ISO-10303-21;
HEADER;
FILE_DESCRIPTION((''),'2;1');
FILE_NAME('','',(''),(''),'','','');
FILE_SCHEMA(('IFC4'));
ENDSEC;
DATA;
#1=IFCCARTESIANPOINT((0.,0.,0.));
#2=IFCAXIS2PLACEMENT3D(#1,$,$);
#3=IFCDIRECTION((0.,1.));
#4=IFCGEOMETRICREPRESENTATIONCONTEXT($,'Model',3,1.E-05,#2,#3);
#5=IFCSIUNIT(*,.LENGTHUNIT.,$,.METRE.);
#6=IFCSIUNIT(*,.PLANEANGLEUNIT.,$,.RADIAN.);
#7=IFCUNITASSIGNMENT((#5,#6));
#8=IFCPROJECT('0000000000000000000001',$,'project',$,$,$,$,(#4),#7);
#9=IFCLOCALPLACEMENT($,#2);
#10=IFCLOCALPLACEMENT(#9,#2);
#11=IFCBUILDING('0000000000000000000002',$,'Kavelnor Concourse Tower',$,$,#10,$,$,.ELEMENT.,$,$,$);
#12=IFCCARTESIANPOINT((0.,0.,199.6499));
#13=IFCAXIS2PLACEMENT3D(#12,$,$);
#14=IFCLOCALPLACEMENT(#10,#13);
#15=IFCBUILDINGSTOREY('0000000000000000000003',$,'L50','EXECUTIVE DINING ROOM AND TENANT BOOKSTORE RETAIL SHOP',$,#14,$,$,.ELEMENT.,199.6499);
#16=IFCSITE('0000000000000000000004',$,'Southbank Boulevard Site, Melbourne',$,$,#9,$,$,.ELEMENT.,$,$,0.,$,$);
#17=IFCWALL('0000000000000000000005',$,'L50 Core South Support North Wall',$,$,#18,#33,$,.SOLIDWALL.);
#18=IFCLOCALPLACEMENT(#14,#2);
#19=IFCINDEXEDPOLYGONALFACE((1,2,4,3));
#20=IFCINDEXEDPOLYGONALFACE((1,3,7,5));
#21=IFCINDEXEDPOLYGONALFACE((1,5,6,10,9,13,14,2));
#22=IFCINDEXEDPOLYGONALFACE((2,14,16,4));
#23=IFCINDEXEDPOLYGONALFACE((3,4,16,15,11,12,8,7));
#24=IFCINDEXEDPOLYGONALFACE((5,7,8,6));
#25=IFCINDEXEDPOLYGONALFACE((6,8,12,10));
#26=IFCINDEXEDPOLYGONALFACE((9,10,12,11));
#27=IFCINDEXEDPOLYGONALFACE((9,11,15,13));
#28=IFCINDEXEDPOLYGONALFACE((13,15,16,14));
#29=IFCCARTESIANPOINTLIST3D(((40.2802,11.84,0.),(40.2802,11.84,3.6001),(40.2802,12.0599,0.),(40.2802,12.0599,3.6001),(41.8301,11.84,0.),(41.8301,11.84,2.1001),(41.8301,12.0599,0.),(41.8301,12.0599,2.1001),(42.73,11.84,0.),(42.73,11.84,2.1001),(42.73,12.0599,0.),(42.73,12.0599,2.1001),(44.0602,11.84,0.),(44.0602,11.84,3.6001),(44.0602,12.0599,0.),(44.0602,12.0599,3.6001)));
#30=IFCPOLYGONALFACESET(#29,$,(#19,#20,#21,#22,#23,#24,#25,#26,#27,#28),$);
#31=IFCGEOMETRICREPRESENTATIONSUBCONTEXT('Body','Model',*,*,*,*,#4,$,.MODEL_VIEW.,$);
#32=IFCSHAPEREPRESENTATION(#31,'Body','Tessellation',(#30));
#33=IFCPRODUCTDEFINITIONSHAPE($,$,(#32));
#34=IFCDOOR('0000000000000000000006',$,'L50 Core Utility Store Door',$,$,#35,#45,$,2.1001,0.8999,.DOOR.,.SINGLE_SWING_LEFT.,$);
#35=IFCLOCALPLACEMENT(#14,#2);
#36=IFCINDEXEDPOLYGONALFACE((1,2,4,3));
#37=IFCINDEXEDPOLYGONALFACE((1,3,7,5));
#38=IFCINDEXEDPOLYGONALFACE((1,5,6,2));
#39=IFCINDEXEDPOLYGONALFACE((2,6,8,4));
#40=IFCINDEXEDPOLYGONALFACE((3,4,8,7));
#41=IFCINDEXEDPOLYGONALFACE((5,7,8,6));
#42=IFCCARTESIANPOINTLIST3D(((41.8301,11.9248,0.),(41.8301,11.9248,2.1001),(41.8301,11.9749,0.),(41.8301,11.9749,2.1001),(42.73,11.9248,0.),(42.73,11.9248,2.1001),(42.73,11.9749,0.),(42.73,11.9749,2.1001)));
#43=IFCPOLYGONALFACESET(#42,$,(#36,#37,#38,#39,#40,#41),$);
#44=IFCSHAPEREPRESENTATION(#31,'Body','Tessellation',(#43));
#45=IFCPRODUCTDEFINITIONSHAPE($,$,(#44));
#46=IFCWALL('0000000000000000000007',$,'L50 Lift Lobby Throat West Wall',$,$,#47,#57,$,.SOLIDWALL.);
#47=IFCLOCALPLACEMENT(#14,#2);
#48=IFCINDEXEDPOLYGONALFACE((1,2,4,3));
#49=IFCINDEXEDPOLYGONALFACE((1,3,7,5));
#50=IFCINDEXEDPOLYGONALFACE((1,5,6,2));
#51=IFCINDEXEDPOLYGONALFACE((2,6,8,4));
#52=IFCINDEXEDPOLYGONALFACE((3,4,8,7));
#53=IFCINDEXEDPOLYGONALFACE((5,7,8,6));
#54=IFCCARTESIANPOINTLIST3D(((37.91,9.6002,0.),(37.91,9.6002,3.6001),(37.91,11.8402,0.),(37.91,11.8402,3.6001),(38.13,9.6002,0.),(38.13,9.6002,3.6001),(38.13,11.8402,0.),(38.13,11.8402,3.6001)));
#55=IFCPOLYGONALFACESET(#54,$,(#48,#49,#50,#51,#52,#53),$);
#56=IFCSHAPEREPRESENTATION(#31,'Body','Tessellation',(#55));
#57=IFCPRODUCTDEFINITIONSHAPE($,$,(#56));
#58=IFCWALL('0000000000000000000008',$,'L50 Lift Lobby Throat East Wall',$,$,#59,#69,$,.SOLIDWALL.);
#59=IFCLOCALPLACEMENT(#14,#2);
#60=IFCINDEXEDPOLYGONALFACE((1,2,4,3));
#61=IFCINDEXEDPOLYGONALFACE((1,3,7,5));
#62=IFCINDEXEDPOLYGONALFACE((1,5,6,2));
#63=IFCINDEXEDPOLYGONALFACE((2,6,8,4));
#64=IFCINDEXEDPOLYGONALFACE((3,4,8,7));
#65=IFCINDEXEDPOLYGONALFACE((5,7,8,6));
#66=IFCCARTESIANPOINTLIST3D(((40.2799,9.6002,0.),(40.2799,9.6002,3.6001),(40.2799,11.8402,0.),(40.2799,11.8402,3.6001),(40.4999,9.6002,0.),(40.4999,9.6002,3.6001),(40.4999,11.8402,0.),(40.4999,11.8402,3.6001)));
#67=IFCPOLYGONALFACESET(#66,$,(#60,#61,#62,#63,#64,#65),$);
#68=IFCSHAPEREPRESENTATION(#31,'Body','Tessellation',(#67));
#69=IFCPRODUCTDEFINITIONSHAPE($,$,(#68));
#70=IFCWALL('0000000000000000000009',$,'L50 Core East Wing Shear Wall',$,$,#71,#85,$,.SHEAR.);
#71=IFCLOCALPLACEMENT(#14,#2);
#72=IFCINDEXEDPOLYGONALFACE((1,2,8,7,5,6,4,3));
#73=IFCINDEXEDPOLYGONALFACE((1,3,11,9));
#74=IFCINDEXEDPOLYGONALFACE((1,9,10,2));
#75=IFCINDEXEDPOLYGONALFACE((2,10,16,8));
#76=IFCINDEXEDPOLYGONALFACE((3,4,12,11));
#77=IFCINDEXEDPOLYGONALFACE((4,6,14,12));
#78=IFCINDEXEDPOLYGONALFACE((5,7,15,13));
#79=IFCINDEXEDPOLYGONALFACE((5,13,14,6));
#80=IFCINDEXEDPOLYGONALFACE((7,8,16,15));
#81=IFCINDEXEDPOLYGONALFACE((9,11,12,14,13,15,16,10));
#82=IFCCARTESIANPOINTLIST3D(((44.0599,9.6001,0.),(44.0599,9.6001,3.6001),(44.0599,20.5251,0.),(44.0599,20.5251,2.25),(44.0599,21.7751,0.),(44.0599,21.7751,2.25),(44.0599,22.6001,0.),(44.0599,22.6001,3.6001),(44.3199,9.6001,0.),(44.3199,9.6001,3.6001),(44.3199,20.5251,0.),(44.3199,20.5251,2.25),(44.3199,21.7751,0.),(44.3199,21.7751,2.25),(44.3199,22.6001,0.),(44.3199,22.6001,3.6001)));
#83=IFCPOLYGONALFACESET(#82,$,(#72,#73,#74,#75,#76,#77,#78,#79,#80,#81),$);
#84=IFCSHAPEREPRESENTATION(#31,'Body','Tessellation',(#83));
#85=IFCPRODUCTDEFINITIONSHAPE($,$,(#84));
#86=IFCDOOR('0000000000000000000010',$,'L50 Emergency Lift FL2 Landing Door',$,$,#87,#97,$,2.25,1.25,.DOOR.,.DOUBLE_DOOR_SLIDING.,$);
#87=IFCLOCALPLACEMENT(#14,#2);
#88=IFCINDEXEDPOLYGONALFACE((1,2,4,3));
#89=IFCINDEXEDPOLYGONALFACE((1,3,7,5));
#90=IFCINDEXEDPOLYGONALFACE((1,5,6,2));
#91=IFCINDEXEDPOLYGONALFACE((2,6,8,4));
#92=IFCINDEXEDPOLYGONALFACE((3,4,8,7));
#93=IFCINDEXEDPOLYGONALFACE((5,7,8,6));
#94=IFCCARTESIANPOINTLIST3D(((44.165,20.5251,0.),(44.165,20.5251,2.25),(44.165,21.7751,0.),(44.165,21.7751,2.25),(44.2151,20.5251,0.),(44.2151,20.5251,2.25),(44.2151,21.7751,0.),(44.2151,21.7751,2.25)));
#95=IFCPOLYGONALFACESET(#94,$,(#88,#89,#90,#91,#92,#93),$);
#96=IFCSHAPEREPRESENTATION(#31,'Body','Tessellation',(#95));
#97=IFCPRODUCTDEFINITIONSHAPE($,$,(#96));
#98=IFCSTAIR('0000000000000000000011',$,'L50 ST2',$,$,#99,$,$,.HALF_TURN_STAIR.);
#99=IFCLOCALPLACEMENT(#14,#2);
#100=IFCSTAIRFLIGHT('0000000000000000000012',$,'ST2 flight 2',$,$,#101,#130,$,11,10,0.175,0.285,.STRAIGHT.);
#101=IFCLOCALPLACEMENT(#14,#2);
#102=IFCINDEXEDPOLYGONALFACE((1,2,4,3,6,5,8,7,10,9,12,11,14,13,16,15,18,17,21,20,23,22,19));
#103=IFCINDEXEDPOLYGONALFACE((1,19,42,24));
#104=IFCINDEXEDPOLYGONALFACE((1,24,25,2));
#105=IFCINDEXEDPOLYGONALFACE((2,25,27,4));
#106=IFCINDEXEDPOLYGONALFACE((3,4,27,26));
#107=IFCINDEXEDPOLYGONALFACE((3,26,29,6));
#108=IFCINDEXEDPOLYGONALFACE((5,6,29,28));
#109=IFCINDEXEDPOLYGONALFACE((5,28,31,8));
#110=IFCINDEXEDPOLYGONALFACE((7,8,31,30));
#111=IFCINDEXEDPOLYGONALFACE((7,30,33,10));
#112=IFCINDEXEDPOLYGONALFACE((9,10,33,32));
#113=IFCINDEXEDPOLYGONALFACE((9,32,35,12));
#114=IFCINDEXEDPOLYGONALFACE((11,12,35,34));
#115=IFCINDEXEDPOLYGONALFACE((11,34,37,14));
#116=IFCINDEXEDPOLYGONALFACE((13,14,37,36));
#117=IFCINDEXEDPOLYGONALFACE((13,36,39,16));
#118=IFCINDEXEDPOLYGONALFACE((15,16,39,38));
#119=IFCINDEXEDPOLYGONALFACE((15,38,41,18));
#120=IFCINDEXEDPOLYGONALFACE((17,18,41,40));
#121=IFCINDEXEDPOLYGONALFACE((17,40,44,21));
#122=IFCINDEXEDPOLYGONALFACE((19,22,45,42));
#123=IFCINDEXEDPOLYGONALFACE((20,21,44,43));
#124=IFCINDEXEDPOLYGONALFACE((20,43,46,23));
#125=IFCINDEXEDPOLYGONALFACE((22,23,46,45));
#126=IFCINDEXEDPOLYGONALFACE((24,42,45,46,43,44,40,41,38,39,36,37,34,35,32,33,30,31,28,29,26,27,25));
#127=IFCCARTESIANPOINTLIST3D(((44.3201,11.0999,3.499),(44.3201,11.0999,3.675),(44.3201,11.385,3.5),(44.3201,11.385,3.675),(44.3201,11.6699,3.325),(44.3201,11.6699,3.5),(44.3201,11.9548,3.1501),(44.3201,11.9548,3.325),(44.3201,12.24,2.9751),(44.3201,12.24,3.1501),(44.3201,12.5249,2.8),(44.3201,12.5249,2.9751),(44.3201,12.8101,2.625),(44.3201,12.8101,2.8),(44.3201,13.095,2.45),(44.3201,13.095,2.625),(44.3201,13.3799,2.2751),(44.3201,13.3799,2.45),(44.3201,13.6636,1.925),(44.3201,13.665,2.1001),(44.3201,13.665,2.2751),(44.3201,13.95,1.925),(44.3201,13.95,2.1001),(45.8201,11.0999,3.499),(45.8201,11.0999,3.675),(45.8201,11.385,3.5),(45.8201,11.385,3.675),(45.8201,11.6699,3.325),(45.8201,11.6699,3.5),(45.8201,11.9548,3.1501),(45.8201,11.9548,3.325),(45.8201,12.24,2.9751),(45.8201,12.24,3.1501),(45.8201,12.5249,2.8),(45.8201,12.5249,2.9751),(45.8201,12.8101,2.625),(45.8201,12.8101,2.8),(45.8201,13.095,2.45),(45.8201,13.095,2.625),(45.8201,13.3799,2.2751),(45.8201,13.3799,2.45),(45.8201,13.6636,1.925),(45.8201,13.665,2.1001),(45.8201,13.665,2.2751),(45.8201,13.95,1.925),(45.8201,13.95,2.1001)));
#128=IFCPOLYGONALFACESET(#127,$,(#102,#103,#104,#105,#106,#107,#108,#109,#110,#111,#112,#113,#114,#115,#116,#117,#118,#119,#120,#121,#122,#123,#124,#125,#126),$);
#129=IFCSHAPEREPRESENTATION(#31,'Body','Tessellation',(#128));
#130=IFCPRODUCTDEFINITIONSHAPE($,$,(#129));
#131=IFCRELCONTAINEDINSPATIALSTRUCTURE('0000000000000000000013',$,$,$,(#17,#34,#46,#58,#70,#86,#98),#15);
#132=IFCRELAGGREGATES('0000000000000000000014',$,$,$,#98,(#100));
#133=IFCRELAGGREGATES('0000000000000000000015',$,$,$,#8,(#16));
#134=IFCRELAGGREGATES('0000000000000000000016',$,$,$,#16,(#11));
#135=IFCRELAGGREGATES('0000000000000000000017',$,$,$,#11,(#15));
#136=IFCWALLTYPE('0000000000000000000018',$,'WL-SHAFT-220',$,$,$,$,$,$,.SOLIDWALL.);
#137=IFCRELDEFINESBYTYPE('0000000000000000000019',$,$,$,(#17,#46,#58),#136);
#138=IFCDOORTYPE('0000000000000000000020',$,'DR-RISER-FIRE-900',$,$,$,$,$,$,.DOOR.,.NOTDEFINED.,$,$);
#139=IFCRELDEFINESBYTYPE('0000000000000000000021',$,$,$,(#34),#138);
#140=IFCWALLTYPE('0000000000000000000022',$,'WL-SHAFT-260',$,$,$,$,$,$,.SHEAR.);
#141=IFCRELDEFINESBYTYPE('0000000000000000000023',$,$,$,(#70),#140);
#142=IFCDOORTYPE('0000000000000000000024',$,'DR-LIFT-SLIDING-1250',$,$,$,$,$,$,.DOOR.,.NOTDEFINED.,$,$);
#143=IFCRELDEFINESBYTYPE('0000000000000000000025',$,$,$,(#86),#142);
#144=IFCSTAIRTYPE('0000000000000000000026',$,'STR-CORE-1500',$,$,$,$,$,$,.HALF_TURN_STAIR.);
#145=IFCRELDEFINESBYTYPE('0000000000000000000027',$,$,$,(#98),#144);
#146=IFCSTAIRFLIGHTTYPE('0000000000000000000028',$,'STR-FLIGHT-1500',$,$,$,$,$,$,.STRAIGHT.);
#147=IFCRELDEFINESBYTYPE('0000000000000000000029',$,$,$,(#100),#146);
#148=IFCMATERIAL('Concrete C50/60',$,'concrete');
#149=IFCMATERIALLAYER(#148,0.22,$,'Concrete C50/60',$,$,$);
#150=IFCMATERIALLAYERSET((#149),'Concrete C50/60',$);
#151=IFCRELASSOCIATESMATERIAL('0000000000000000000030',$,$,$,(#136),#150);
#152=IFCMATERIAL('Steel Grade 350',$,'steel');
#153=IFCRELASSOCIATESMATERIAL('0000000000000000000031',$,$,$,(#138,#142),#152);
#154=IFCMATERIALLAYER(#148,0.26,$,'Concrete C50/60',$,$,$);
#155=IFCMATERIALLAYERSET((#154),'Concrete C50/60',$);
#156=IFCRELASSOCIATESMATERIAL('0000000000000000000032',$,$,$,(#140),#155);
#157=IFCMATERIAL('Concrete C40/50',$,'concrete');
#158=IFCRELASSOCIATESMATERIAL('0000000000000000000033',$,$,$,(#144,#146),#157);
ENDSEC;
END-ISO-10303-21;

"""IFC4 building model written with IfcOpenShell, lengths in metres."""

from ifc_helpers import new_model, si_unit, direction, frame, frame_2d, origin, place, context, subcontext, project, spatial, polyline, rectangle, outline, extrude, material, layer, layer_set, type_object, element, fill, aggregate, save


model = new_model("IFC4")

# Units and contexts
model_context = context("Model", 3, precision=1e-05, world=origin(), true_north=direction((0.0, 1.0)))
body_context = subcontext(model_context, "Body", "Model", "MODEL_VIEW")
ifc_project = project(units=[si_unit("LENGTHUNIT", "METRE"), si_unit("PLANEANGLEUNIT", "RADIAN")], contexts=[model_context])

# Site, building, storey
site_placement = place(None, origin())
site = spatial("IfcSite", under=ifc_project, at=site_placement, Name="Southbank Boulevard Site, Melbourne", CompositionType="ELEMENT", RefElevation=0.0)
building_placement = place(site_placement, origin())
building = spatial("IfcBuilding", under=site, at=building_placement, Name="Kavelnor Concourse Tower", CompositionType="ELEMENT")
storey_placement = place(building_placement, frame((0.0, 0.0, 199.6499)))
storey = spatial("IfcBuildingStorey", under=building, at=storey_placement, Name="L50", Description="EXECUTIVE DINING ROOM AND TENANT BOOKSTORE RETAIL SHOP", CompositionType="ELEMENT", Elevation=199.6499)

# Shared definitions
ifc_material_1 = material(Name="Steel Grade 350", Category="steel")

# Shared definitions
ifc_material_2 = material(Name="Concrete C50/60", Category="concrete")
ifc_layer_1 = layer(ifc_material_2, 0.22, Name="Concrete C50/60")
ifc_layer_set_1 = layer_set([ifc_layer_1], Name="Concrete C50/60")
wall_type_1 = type_object("IfcWallType", Name="WL-SHAFT-220", PredefinedType="SOLIDWALL", material=ifc_layer_set_1)

# Wall, opening, door
wall_1_placement = place(storey_placement, frame((40.28, 11.95, 0.0), z_axis=(0.0, 0.0, 1.0), x_axis=(1.0, 0.0, 0.0)))
wall_1 = element("IfcWall", 1, at=wall_1_placement, inside=storey, type_object=wall_type_1, Name="L50 Core South Support North Wall", PredefinedType="SOLIDWALL", context=body_context, shape_type="SweptSolid", body=[
    extrude(rectangle(XDim=3.78, YDim=0.22, at=frame_2d((1.8901, 0.0))), origin(), (0.0, 0.0, 1.0), 3.6001),
])
opening_1_placement = place(wall_1_placement, frame((1.55, 0.0, 0.0)))
opening_1 = element("IfcOpeningElement", 2, at=opening_1_placement, cuts=wall_1, PredefinedType="OPENING", context=body_context, shape_type="SweptSolid", body=[
    extrude(rectangle(XDim=0.8999, YDim=2.1001, at=frame_2d((0.45, 1.05))), frame((0.0, 0.1201, 0.0), z_axis=(0.0, -1.0, 0.0), x_axis=(1.0, 0.0, 0.0)), (0.0, 0.0, 1.0), 0.24),
])
door_type_1 = type_object("IfcDoorType", Name="DR-RISER-FIRE-900", OperationType="NOTDEFINED", PredefinedType="DOOR", material=ifc_material_1)
door_1_placement = place(opening_1_placement, origin())
door_1 = element("IfcDoor", 3, at=door_1_placement, inside=storey, type_object=door_type_1, Name="L50 Core Utility Store Door", OperationType="SINGLE_SWING_LEFT", OverallHeight=2.1001, OverallWidth=0.8999, PredefinedType="DOOR", context=body_context, shape_type="SweptSolid", body=[
    extrude(rectangle(XDim=0.8999, YDim=2.1001, at=frame_2d((0.45, 1.05))), frame((0.0, 0.0249, 0.0), z_axis=(0.0, -1.0, 0.0), x_axis=(1.0, 0.0, 0.0)), (0.0, 0.0, 1.0), 0.05),
])
fill(opening_1, door_1)

# Walls
for number, where, z_axis, x_axis, name in (
    (4, (38.02, 9.6001, 0.0), (0.0, 0.0, 1.0), (0.0, 1.0, 0.0), "L50 Lift Lobby Throat West Wall"),
    (5, (40.3899, 9.6001, 0.0), (0.0, 0.0, 1.0), (0.0, 1.0, 0.0), "L50 Lift Lobby Throat East Wall"),
):
    element("IfcWall", number, at=place(storey_placement, frame(where, z_axis=z_axis, x_axis=x_axis)), inside=storey, type_object=wall_type_1, Name=name, PredefinedType="SOLIDWALL", context=body_context, shape_type="SweptSolid", body=[
        extrude(rectangle(XDim=2.24, YDim=0.22, at=frame_2d((1.1201, 0.0))), origin(), (0.0, 0.0, 1.0), 3.6001),
    ])

# Wall, opening, door
ifc_layer_2 = layer(ifc_material_2, 0.26, Name="Concrete C50/60")
ifc_layer_set_2 = layer_set([ifc_layer_2], Name="Concrete C50/60")
wall_type_2 = type_object("IfcWallType", Name="WL-SHAFT-260", PredefinedType="SHEAR", material=ifc_layer_set_2)
wall_2_placement = place(storey_placement, frame((44.1899, 9.6001, 0.0), z_axis=(0.0, 0.0, 1.0), x_axis=(0.0, 1.0, 0.0)))
wall_2 = element("IfcWall", 6, at=wall_2_placement, inside=storey, type_object=wall_type_2, Name="L50 Core East Wing Shear Wall", PredefinedType="SHEAR", context=body_context, shape_type="SweptSolid", body=[
    extrude(rectangle(XDim=13.0, YDim=0.26, at=frame_2d((6.5, 0.0))), origin(), (0.0, 0.0, 1.0), 3.6001),
])
opening_2_placement = place(wall_2_placement, frame((10.925, 0.0, 0.0)))
opening_2 = element("IfcOpeningElement", 7, at=opening_2_placement, cuts=wall_2, PredefinedType="OPENING", context=body_context, shape_type="SweptSolid", body=[
    extrude(rectangle(XDim=1.25, YDim=2.25, at=frame_2d((0.625, 1.125))), frame((0.0, 0.1401, 0.0), z_axis=(0.0, -1.0, 0.0), x_axis=(1.0, 0.0, 0.0)), (0.0, 0.0, 1.0), 0.28),
])
door_type_2 = type_object("IfcDoorType", Name="DR-LIFT-SLIDING-1250", OperationType="NOTDEFINED", PredefinedType="DOOR", material=ifc_material_1)
door_2_placement = place(opening_2_placement, origin())
door_2 = element("IfcDoor", 8, at=door_2_placement, inside=storey, type_object=door_type_2, Name="L50 Emergency Lift FL2 Landing Door", OperationType="DOUBLE_DOOR_SLIDING", OverallHeight=2.25, OverallWidth=1.25, PredefinedType="DOOR", context=body_context, shape_type="SweptSolid", body=[
    extrude(rectangle(XDim=1.25, YDim=2.25, at=frame_2d((0.625, 1.125))), frame((0.0, 0.0249, 0.0), z_axis=(0.0, -1.0, 0.0), x_axis=(1.0, 0.0, 0.0)), (0.0, 0.0, 1.0), 0.05),
])
fill(opening_2, door_2)

# Stair, stair flight
ifc_material_3 = material(Name="Concrete C40/50", Category="concrete")
stair_type = type_object("IfcStairType", Name="STR-CORE-1500", PredefinedType="HALF_TURN_STAIR", material=ifc_material_3)
stair_placement = place(storey_placement, origin())
stair = element("IfcStair", 9, at=stair_placement, inside=storey, type_object=stair_type, Name="L50 ST2", PredefinedType="HALF_TURN_STAIR")
stair_flight_type = type_object("IfcStairFlightType", Name="STR-FLIGHT-1500", PredefinedType="STRAIGHT", material=ifc_material_3)
stair_flight_placement = place(storey_placement, frame((45.0701, 13.95, 1.925), z_axis=(0.0, 0.0, 1.0), x_axis=(0.0, -1.0, 0.0)))
stair_flight = element("IfcStairFlight", 10, at=stair_flight_placement, type_object=stair_flight_type, Name="ST2 flight 2", NumberOfRisers=11, NumberOfTreads=10, PredefinedType="STRAIGHT", RiserHeight=0.175, TreadLength=0.285, context=body_context, shape_type="SweptSolid", body=[
    extrude(outline(polyline([(0.0, 0.0), (0.0, 0.175), (0.2849, 0.175), (0.2849, 0.3501), (0.5701, 0.3501), (0.5701, 0.5249), (0.855, 0.5249), (0.855, 0.7), (1.1399, 0.7), (1.1399, 0.875), (1.425, 0.875), (1.425, 1.05), (1.71, 1.05), (1.71, 1.2251), (1.9951, 1.2251), (1.9951, 1.3999), (2.28, 1.3999), (2.28, 1.575), (2.5649, 1.575), (2.5649, 1.75), (2.8501, 1.75), (2.8501, 1.925), (2.8501, 1.574), (0.2864, 0.0), (0.0, 0.0)])), frame((0.0, 0.75, 0.0), z_axis=(0.0, -1.0, 0.0), x_axis=(1.0, 0.0, 0.0)), (0.0, 0.0, 1.0), 1.5),
])
aggregate(stair, [stair_flight])

save(model, "model.ifc")
